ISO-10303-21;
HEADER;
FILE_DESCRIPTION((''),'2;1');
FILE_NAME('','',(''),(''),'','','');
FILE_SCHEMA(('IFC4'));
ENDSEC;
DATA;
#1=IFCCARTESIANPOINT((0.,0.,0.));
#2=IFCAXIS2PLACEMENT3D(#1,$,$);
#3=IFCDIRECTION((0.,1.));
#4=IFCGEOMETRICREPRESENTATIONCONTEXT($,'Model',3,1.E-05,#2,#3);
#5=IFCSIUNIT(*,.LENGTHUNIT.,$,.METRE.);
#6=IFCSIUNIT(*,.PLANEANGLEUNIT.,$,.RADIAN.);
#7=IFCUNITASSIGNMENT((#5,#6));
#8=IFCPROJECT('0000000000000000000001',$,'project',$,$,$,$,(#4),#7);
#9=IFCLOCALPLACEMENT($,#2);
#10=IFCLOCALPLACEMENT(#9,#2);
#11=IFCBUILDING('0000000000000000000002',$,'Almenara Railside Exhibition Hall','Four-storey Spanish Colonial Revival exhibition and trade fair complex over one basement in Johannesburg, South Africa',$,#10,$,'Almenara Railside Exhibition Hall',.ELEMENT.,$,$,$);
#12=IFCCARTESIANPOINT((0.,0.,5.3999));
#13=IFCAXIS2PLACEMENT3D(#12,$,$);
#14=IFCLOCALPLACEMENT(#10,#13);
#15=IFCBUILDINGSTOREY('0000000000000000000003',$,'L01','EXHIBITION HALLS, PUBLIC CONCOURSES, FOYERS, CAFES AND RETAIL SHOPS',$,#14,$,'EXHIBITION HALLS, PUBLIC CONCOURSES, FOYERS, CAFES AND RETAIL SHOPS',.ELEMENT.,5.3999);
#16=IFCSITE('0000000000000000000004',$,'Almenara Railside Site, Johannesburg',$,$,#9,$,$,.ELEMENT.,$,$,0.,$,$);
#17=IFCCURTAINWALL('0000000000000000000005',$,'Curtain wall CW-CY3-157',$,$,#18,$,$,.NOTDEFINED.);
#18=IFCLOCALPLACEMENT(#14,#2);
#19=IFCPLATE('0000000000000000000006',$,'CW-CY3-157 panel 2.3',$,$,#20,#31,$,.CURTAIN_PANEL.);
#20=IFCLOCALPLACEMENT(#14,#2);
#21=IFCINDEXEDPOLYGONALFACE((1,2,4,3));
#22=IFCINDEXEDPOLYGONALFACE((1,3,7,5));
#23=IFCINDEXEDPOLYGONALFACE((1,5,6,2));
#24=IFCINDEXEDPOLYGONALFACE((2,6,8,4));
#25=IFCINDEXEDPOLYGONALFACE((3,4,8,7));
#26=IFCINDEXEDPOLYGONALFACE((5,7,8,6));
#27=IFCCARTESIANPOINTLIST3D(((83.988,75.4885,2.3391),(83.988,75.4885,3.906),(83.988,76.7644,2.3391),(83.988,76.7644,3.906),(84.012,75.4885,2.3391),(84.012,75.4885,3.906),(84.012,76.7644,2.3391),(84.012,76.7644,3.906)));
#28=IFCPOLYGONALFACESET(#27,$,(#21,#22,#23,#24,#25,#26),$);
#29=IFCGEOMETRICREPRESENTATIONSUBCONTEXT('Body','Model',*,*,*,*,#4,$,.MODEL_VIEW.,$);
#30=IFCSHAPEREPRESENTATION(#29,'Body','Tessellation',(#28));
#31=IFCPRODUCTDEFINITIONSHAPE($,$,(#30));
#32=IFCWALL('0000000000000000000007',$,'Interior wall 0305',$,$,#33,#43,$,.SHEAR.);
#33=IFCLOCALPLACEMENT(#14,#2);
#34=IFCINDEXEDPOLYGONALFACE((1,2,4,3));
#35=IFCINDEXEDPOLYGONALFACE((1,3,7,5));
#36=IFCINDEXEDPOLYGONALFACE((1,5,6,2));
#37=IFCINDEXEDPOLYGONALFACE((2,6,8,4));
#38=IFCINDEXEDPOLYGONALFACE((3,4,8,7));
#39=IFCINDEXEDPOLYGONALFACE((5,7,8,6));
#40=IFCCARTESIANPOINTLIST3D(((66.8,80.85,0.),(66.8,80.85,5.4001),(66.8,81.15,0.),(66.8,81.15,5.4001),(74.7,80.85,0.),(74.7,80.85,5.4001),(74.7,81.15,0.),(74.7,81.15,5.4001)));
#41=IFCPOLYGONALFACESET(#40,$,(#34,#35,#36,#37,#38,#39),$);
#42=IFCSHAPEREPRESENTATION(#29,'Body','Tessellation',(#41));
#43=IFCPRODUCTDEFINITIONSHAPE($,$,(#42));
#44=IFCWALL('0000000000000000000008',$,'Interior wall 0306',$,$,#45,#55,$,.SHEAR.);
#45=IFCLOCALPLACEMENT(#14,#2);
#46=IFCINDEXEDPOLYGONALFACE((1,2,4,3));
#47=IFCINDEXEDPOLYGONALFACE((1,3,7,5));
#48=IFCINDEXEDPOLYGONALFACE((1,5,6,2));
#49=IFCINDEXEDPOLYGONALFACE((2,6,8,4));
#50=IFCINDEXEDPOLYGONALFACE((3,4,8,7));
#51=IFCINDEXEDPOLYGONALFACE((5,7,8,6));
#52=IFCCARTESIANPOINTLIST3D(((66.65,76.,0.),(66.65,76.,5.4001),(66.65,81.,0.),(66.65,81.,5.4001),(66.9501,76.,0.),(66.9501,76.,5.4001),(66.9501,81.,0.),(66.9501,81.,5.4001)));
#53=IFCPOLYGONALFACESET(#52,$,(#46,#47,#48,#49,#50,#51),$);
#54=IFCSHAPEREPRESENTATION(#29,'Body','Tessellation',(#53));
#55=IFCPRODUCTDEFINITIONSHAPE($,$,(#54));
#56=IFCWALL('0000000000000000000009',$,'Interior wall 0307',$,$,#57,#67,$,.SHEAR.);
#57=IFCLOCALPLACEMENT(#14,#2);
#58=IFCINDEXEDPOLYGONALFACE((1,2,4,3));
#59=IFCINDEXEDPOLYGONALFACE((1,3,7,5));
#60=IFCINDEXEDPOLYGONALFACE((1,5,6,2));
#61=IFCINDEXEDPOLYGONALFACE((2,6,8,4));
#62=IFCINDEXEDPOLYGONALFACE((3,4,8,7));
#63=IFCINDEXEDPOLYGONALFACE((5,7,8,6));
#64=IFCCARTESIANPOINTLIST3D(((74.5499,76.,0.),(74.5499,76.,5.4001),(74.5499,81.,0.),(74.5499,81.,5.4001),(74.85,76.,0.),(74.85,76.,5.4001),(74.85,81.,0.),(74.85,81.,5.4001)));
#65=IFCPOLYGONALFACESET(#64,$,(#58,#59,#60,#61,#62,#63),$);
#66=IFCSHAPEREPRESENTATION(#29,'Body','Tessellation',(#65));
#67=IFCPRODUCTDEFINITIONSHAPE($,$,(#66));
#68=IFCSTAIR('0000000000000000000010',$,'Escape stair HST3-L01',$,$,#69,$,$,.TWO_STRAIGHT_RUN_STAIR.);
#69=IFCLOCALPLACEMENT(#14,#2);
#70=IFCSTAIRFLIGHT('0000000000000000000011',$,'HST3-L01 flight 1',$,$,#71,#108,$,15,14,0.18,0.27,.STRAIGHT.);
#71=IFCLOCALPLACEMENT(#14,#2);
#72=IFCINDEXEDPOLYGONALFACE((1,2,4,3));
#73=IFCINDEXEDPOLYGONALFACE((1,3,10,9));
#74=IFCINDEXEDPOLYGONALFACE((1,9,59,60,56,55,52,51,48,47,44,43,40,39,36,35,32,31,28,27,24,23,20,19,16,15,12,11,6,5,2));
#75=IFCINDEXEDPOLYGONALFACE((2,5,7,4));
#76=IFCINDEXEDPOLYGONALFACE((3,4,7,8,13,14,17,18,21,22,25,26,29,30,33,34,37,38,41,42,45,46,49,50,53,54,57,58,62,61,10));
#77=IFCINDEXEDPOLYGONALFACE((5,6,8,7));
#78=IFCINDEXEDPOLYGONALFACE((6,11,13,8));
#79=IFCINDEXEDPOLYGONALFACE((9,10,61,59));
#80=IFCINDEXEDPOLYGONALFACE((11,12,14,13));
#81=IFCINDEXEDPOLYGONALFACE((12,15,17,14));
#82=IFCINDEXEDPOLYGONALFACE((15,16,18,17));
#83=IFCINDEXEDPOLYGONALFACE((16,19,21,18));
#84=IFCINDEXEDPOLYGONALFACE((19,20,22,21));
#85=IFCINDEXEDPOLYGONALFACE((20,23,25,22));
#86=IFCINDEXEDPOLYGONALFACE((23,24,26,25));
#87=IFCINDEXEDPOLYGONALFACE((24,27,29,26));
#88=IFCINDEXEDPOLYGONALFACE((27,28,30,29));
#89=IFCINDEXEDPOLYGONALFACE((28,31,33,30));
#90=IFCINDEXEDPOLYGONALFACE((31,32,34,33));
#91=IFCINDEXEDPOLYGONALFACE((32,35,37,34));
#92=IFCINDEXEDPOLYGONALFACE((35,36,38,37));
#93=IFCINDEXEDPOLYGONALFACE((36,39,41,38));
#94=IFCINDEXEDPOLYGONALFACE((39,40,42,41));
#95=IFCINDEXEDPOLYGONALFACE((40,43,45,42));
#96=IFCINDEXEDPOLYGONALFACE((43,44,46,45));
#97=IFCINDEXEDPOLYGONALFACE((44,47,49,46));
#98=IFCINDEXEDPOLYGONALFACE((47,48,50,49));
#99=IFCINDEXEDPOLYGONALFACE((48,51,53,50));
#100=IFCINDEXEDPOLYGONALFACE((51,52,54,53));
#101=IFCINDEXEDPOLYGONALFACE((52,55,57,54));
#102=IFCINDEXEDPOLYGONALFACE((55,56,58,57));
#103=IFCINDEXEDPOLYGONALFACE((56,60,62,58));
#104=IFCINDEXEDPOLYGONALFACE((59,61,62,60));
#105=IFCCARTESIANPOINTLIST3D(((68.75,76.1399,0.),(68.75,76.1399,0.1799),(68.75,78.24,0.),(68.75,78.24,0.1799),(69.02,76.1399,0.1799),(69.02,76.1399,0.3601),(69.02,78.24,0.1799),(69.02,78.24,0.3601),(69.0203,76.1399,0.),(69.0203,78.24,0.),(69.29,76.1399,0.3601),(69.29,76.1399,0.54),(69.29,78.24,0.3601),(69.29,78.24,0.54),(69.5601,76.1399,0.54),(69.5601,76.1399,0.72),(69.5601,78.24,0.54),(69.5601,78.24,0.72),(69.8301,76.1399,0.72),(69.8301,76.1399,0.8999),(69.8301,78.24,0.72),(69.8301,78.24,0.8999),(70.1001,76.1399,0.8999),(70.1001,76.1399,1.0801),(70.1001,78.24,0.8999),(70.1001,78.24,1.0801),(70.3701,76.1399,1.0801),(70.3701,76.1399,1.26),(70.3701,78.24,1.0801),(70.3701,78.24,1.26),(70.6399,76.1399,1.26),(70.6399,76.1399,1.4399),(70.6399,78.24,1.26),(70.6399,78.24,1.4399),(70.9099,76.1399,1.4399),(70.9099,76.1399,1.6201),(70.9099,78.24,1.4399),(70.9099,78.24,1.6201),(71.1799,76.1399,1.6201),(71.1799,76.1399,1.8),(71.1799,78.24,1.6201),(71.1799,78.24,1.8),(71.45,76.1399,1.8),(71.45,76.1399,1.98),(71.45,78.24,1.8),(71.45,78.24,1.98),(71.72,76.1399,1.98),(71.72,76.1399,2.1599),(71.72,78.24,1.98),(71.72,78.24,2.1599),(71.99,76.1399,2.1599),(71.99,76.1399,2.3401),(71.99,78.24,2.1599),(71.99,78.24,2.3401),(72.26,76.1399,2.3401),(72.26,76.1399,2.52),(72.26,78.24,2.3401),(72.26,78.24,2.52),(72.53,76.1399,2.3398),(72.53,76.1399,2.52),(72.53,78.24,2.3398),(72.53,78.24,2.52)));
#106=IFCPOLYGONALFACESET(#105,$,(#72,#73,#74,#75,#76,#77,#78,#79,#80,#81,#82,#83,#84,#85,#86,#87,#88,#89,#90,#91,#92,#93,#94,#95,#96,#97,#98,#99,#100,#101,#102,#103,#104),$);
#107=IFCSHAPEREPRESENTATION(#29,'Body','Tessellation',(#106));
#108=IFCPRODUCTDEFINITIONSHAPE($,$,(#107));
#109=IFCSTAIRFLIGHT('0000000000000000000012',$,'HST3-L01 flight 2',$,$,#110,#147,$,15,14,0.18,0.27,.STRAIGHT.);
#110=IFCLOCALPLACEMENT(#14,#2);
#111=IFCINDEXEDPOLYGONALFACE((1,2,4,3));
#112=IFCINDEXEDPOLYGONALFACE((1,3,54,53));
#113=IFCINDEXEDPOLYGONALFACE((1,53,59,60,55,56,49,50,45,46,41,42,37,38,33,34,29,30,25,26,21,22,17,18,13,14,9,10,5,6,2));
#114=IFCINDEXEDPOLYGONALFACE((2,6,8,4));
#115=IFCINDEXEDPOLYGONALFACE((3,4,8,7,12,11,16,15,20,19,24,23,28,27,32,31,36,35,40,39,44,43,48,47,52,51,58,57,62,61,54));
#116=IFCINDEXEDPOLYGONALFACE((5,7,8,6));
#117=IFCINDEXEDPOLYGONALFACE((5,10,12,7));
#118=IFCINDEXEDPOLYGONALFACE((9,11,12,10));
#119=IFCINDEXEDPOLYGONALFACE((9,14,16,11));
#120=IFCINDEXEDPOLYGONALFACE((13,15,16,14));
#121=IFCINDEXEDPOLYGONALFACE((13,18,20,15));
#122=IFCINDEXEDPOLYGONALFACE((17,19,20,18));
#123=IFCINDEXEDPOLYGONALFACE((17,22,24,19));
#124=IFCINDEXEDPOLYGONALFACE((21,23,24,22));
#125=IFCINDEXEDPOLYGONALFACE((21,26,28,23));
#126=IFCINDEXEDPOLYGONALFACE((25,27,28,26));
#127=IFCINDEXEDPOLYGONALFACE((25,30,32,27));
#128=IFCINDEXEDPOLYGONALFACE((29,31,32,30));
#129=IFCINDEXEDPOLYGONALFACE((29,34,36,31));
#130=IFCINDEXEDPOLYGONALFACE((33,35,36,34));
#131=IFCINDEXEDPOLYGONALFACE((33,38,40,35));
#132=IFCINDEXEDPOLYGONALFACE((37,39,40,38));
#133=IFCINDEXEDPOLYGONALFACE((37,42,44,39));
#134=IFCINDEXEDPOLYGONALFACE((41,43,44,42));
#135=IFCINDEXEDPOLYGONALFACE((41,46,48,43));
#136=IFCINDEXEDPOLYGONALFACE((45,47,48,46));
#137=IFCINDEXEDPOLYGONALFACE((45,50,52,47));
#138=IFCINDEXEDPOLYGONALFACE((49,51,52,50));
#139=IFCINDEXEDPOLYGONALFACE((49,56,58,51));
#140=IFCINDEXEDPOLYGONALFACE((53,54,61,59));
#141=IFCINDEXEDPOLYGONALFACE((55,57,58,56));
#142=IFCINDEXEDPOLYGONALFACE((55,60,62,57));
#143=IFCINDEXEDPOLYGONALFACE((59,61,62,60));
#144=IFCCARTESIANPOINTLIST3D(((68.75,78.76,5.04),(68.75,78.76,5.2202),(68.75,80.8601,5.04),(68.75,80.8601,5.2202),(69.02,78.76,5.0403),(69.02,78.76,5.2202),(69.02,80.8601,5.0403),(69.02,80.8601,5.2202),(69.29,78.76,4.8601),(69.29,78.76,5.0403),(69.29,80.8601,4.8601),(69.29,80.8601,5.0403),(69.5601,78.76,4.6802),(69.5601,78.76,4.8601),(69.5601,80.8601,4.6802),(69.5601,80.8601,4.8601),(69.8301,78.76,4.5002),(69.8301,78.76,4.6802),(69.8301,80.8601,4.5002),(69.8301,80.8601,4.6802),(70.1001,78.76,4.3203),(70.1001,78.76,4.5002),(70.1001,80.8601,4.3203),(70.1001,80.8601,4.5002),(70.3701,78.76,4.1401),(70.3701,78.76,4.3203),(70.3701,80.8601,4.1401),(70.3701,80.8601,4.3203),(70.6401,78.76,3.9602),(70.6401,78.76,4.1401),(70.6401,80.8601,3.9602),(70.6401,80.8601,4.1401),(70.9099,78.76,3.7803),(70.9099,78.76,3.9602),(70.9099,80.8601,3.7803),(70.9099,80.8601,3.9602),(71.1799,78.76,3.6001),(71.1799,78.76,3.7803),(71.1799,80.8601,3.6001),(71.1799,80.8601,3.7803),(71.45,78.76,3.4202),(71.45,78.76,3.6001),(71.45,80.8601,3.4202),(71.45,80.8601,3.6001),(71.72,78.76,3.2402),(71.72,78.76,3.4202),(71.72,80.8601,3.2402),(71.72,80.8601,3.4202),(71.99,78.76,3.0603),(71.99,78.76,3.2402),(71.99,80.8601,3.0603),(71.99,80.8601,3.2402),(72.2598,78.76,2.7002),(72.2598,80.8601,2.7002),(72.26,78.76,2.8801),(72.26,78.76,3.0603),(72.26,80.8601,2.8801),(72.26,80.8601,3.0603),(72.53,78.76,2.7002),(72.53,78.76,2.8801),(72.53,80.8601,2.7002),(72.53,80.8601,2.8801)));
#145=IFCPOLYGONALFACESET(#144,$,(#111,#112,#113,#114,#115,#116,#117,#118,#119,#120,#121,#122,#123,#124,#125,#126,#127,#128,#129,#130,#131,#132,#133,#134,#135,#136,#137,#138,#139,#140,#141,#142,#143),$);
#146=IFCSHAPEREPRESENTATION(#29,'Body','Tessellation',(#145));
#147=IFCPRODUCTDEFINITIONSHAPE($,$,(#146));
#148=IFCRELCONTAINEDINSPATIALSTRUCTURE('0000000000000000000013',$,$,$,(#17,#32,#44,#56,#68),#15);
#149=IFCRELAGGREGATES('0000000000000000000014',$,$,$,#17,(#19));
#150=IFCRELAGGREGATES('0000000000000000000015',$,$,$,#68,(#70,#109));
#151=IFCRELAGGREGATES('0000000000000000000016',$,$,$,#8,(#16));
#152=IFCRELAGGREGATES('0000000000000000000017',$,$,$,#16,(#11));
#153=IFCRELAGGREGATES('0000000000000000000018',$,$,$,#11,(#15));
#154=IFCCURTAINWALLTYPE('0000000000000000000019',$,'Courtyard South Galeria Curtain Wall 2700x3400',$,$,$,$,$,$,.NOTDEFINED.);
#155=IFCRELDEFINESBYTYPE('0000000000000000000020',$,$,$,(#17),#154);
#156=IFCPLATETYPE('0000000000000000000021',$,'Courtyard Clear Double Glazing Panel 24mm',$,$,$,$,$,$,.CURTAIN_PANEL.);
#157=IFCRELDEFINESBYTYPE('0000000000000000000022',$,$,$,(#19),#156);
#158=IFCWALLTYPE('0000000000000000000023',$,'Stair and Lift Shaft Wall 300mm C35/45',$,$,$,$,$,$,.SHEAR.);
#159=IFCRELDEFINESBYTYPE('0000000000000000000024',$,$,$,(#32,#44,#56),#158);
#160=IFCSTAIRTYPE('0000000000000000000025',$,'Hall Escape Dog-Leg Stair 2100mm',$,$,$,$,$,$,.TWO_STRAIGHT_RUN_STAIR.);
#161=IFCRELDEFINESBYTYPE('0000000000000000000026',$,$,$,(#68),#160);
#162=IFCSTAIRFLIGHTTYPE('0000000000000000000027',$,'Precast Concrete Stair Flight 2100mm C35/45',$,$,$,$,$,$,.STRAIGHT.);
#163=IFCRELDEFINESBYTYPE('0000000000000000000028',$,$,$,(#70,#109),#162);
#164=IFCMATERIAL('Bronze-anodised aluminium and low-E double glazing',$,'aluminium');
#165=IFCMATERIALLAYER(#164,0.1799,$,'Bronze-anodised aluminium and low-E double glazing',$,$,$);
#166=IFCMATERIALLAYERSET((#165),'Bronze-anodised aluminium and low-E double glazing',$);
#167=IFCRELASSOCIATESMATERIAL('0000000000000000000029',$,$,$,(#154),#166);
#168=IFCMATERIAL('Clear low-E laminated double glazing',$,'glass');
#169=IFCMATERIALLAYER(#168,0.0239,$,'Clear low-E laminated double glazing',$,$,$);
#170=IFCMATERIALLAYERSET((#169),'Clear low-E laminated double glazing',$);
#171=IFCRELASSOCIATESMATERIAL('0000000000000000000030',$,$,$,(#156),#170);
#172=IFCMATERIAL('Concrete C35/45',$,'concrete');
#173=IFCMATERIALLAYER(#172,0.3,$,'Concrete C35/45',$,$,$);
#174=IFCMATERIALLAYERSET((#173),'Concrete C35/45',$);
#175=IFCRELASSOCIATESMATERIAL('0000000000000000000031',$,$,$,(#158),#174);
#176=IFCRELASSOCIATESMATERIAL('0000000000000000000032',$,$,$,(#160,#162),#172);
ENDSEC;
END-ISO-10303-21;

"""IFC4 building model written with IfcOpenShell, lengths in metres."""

from ifc_helpers import new_model, si_unit, direction, frame, frame_2d, origin, origin_2d, place, context, subcontext, project, spatial, polyline, rectangle, outline, extrude, material, layer, layer_set, type_object, element, aggregate, save


model = new_model("IFC4")

# Units and contexts
model_context = context("Model", 3, precision=1e-05, world=origin(), true_north=direction((0.0, 1.0)))
body_context = subcontext(model_context, "Body", "Model", "MODEL_VIEW")
ifc_project = project(units=[si_unit("LENGTHUNIT", "METRE"), si_unit("PLANEANGLEUNIT", "RADIAN")], contexts=[model_context])

# Site, building, storey
site_placement = place(None, origin())
site = spatial("IfcSite", under=ifc_project, at=site_placement, Name="Almenara Railside Site, Johannesburg", CompositionType="ELEMENT", RefElevation=0.0)
building_placement = place(site_placement, origin())
building = spatial("IfcBuilding", under=site, at=building_placement, Name="Almenara Railside Exhibition Hall", Description="Four-storey Spanish Colonial Revival exhibition and trade fair complex over one basement in Johannesburg, South Africa", LongName="Almenara Railside Exhibition Hall", CompositionType="ELEMENT")
storey_placement = place(building_placement, frame((0.0, 0.0, 5.3999)))
storey = spatial("IfcBuildingStorey", under=building, at=storey_placement, Name="L01", Description="EXHIBITION HALLS, PUBLIC CONCOURSES, FOYERS, CAFES AND RETAIL SHOPS", LongName="EXHIBITION HALLS, PUBLIC CONCOURSES, FOYERS, CAFES AND RETAIL SHOPS", CompositionType="ELEMENT", Elevation=5.3999)

# Shared definitions
ifc_material_1 = material(Name="Concrete C35/45", Category="concrete")

# Curtain wall
ifc_material_2 = material(Name="Bronze-anodised aluminium and low-E double glazing", Category="aluminium")
ifc_layer_1 = layer(ifc_material_2, 0.1799, Name="Bronze-anodised aluminium and low-E double glazing")
ifc_layer_set_1 = layer_set([ifc_layer_1], Name="Bronze-anodised aluminium and low-E double glazing")
curtain_wall_type = type_object("IfcCurtainWallType", Name="Courtyard South Galeria Curtain Wall 2700x3400", PredefinedType="NOTDEFINED", material=ifc_layer_set_1)
curtain_wall_placement = place(storey_placement, origin())
curtain_wall = element("IfcCurtainWall", 1, at=curtain_wall_placement, inside=storey, type_object=curtain_wall_type, Name="Curtain wall CW-CY3-157", PredefinedType="NOTDEFINED")

# Plate
ifc_material_3 = material(Name="Clear low-E laminated double glazing", Category="glass")
ifc_layer_2 = layer(ifc_material_3, 0.0239, Name="Clear low-E laminated double glazing")
ifc_layer_set_2 = layer_set([ifc_layer_2], Name="Clear low-E laminated double glazing")
plate_type = type_object("IfcPlateType", Name="Courtyard Clear Double Glazing Panel 24mm", PredefinedType="CURTAIN_PANEL", material=ifc_layer_set_2)
plate_1_placement = place(storey_placement, frame((84.0, 76.1265, 2.3391), z_axis=(0.0, 0.0, 1.0), x_axis=(0.0, -1.0, 0.0)))
plate_1 = element("IfcPlate", 2, at=plate_1_placement, type_object=plate_type, Name="CW-CY3-157 panel 2.3", PredefinedType="CURTAIN_PANEL", context=body_context, shape_type="SweptSolid", body=[
    extrude(rectangle(XDim=1.2759, YDim=0.0239, at=origin_2d()), origin(), (0.0, 0.0, 1.0), 1.5669),
])
aggregate(curtain_wall, [plate_1])

# Walls
ifc_layer_3 = layer(ifc_material_1, 0.3, Name="Concrete C35/45")
ifc_layer_set_3 = layer_set([ifc_layer_3], Name="Concrete C35/45")
wall_type = type_object("IfcWallType", Name="Stair and Lift Shaft Wall 300mm C35/45", PredefinedType="SHEAR", material=ifc_layer_set_3)
wall_placement = place(storey_placement, frame((74.7, 81.0, 0.0), z_axis=(0.0, 0.0, 1.0), x_axis=(-1.0, 0.0, 0.0)))
element("IfcWall", 3, at=wall_placement, inside=storey, type_object=wall_type, Name="Interior wall 0305", PredefinedType="SHEAR", context=body_context, shape_type="SweptSolid", body=[
    extrude(rectangle(XDim=7.8999, YDim=0.3, at=frame_2d((3.95, 0.0))), origin(), (0.0, 0.0, 1.0), 5.4001),
])
for number, where, z_axis, x_axis, name in (
    (4, (66.8, 81.0, 0.0), (0.0, 0.0, 1.0), (0.0, -1.0, 0.0), "Interior wall 0306"),
    (5, (74.7, 76.0, 0.0), (0.0, 0.0, 1.0), (0.0, 1.0, 0.0), "Interior wall 0307"),
):
    element("IfcWall", number, at=place(storey_placement, frame(where, z_axis=z_axis, x_axis=x_axis)), inside=storey, type_object=wall_type, Name=name, PredefinedType="SHEAR", context=body_context, shape_type="SweptSolid", body=[
        extrude(rectangle(XDim=5.0, YDim=0.3, at=frame_2d((2.5, 0.0))), origin(), (0.0, 0.0, 1.0), 5.4001),
    ])

# Stair, stair flights
stair_type = type_object("IfcStairType", Name="Hall Escape Dog-Leg Stair 2100mm", PredefinedType="TWO_STRAIGHT_RUN_STAIR", material=ifc_material_1)
stair_placement = place(storey_placement, origin())
stair = element("IfcStair", 6, at=stair_placement, inside=storey, type_object=stair_type, Name="Escape stair HST3-L01", PredefinedType="TWO_STRAIGHT_RUN_STAIR")
stair_flight_type = type_object("IfcStairFlightType", Name="Precast Concrete Stair Flight 2100mm C35/45", PredefinedType="STRAIGHT", material=ifc_material_1)
stair_flight_1_placement = place(storey_placement, frame((68.75, 77.1899, 0.0), z_axis=(0.0, 0.0, 1.0), x_axis=(1.0, 0.0, 0.0)))
stair_flight_1 = element("IfcStairFlight", 7, at=stair_flight_1_placement, type_object=stair_flight_type, Name="HST3-L01 flight 1", NumberOfRisers=15, NumberOfTreads=14, PredefinedType="STRAIGHT", RiserHeight=0.18, TreadLength=0.27, context=body_context, shape_type="SweptSolid", body=[
    extrude(outline(polyline([(0.0, 0.0), (0.0, 0.1799), (0.27, 0.1799), (0.27, 0.3601), (0.54, 0.3601), (0.54, 0.54), (0.8101, 0.54), (0.8101, 0.72), (1.0801, 0.72), (1.0801, 0.8999), (1.3501, 0.8999), (1.3501, 1.0801), (1.6201, 1.0801), (1.6201, 1.26), (1.8899, 1.26), (1.8899, 1.4399), (2.1599, 1.4399), (2.1599, 1.6201), (2.4299, 1.6201), (2.4299, 1.8), (2.7, 1.8), (2.7, 1.98), (2.97, 1.98), (2.97, 2.1599), (3.24, 2.1599), (3.24, 2.3401), (3.51, 2.3401), (3.51, 2.52), (3.78, 2.52), (3.78, 2.7), (3.78, 2.3398), (0.2703, 0.0), (0.0, 0.0)])), frame((0.0, 1.05, 0.0), z_axis=(0.0, -1.0, 0.0), x_axis=(1.0, 0.0, 0.0)), (0.0, 0.0, 1.0), 2.1001),
])
stair_flight_2_placement = place(storey_placement, frame((72.53, 79.8101, 2.7002), z_axis=(0.0, 0.0, 1.0), x_axis=(-1.0, 0.0, 0.0)))
stair_flight_2 = element("IfcStairFlight", 8, at=stair_flight_2_placement, type_object=stair_flight_type, Name="HST3-L01 flight 2", NumberOfRisers=15, NumberOfTreads=14, PredefinedType="STRAIGHT", RiserHeight=0.18, TreadLength=0.27, context=body_context, shape_type="SweptSolid", body=[
    extrude(outline(polyline([(0.0, 0.0), (0.0, 0.1799), (0.27, 0.1799), (0.27, 0.3601), (0.54, 0.3601), (0.54, 0.54), (0.8101, 0.54), (0.8101, 0.72), (1.0801, 0.72), (1.0801, 0.8999), (1.3501, 0.8999), (1.3501, 1.0801), (1.6201, 1.0801), (1.6201, 1.26), (1.8899, 1.26), (1.8899, 1.4399), (2.1599, 1.4399), (2.1599, 1.6201), (2.4299, 1.6201), (2.4299, 1.8), (2.7, 1.8), (2.7, 1.98), (2.97, 1.98), (2.97, 2.1599), (3.24, 2.1599), (3.24, 2.3401), (3.51, 2.3401), (3.51, 2.52), (3.78, 2.52), (3.78, 2.7), (3.78, 2.3398), (0.2703, 0.0), (0.0, 0.0)])), frame((0.0, 1.05, 0.0), z_axis=(0.0, -1.0, 0.0), x_axis=(1.0, 0.0, 0.0)), (0.0, 0.0, 1.0), 2.1001),
])
aggregate(stair, [stair_flight_1, stair_flight_2])

save(model, "model.ifc")
